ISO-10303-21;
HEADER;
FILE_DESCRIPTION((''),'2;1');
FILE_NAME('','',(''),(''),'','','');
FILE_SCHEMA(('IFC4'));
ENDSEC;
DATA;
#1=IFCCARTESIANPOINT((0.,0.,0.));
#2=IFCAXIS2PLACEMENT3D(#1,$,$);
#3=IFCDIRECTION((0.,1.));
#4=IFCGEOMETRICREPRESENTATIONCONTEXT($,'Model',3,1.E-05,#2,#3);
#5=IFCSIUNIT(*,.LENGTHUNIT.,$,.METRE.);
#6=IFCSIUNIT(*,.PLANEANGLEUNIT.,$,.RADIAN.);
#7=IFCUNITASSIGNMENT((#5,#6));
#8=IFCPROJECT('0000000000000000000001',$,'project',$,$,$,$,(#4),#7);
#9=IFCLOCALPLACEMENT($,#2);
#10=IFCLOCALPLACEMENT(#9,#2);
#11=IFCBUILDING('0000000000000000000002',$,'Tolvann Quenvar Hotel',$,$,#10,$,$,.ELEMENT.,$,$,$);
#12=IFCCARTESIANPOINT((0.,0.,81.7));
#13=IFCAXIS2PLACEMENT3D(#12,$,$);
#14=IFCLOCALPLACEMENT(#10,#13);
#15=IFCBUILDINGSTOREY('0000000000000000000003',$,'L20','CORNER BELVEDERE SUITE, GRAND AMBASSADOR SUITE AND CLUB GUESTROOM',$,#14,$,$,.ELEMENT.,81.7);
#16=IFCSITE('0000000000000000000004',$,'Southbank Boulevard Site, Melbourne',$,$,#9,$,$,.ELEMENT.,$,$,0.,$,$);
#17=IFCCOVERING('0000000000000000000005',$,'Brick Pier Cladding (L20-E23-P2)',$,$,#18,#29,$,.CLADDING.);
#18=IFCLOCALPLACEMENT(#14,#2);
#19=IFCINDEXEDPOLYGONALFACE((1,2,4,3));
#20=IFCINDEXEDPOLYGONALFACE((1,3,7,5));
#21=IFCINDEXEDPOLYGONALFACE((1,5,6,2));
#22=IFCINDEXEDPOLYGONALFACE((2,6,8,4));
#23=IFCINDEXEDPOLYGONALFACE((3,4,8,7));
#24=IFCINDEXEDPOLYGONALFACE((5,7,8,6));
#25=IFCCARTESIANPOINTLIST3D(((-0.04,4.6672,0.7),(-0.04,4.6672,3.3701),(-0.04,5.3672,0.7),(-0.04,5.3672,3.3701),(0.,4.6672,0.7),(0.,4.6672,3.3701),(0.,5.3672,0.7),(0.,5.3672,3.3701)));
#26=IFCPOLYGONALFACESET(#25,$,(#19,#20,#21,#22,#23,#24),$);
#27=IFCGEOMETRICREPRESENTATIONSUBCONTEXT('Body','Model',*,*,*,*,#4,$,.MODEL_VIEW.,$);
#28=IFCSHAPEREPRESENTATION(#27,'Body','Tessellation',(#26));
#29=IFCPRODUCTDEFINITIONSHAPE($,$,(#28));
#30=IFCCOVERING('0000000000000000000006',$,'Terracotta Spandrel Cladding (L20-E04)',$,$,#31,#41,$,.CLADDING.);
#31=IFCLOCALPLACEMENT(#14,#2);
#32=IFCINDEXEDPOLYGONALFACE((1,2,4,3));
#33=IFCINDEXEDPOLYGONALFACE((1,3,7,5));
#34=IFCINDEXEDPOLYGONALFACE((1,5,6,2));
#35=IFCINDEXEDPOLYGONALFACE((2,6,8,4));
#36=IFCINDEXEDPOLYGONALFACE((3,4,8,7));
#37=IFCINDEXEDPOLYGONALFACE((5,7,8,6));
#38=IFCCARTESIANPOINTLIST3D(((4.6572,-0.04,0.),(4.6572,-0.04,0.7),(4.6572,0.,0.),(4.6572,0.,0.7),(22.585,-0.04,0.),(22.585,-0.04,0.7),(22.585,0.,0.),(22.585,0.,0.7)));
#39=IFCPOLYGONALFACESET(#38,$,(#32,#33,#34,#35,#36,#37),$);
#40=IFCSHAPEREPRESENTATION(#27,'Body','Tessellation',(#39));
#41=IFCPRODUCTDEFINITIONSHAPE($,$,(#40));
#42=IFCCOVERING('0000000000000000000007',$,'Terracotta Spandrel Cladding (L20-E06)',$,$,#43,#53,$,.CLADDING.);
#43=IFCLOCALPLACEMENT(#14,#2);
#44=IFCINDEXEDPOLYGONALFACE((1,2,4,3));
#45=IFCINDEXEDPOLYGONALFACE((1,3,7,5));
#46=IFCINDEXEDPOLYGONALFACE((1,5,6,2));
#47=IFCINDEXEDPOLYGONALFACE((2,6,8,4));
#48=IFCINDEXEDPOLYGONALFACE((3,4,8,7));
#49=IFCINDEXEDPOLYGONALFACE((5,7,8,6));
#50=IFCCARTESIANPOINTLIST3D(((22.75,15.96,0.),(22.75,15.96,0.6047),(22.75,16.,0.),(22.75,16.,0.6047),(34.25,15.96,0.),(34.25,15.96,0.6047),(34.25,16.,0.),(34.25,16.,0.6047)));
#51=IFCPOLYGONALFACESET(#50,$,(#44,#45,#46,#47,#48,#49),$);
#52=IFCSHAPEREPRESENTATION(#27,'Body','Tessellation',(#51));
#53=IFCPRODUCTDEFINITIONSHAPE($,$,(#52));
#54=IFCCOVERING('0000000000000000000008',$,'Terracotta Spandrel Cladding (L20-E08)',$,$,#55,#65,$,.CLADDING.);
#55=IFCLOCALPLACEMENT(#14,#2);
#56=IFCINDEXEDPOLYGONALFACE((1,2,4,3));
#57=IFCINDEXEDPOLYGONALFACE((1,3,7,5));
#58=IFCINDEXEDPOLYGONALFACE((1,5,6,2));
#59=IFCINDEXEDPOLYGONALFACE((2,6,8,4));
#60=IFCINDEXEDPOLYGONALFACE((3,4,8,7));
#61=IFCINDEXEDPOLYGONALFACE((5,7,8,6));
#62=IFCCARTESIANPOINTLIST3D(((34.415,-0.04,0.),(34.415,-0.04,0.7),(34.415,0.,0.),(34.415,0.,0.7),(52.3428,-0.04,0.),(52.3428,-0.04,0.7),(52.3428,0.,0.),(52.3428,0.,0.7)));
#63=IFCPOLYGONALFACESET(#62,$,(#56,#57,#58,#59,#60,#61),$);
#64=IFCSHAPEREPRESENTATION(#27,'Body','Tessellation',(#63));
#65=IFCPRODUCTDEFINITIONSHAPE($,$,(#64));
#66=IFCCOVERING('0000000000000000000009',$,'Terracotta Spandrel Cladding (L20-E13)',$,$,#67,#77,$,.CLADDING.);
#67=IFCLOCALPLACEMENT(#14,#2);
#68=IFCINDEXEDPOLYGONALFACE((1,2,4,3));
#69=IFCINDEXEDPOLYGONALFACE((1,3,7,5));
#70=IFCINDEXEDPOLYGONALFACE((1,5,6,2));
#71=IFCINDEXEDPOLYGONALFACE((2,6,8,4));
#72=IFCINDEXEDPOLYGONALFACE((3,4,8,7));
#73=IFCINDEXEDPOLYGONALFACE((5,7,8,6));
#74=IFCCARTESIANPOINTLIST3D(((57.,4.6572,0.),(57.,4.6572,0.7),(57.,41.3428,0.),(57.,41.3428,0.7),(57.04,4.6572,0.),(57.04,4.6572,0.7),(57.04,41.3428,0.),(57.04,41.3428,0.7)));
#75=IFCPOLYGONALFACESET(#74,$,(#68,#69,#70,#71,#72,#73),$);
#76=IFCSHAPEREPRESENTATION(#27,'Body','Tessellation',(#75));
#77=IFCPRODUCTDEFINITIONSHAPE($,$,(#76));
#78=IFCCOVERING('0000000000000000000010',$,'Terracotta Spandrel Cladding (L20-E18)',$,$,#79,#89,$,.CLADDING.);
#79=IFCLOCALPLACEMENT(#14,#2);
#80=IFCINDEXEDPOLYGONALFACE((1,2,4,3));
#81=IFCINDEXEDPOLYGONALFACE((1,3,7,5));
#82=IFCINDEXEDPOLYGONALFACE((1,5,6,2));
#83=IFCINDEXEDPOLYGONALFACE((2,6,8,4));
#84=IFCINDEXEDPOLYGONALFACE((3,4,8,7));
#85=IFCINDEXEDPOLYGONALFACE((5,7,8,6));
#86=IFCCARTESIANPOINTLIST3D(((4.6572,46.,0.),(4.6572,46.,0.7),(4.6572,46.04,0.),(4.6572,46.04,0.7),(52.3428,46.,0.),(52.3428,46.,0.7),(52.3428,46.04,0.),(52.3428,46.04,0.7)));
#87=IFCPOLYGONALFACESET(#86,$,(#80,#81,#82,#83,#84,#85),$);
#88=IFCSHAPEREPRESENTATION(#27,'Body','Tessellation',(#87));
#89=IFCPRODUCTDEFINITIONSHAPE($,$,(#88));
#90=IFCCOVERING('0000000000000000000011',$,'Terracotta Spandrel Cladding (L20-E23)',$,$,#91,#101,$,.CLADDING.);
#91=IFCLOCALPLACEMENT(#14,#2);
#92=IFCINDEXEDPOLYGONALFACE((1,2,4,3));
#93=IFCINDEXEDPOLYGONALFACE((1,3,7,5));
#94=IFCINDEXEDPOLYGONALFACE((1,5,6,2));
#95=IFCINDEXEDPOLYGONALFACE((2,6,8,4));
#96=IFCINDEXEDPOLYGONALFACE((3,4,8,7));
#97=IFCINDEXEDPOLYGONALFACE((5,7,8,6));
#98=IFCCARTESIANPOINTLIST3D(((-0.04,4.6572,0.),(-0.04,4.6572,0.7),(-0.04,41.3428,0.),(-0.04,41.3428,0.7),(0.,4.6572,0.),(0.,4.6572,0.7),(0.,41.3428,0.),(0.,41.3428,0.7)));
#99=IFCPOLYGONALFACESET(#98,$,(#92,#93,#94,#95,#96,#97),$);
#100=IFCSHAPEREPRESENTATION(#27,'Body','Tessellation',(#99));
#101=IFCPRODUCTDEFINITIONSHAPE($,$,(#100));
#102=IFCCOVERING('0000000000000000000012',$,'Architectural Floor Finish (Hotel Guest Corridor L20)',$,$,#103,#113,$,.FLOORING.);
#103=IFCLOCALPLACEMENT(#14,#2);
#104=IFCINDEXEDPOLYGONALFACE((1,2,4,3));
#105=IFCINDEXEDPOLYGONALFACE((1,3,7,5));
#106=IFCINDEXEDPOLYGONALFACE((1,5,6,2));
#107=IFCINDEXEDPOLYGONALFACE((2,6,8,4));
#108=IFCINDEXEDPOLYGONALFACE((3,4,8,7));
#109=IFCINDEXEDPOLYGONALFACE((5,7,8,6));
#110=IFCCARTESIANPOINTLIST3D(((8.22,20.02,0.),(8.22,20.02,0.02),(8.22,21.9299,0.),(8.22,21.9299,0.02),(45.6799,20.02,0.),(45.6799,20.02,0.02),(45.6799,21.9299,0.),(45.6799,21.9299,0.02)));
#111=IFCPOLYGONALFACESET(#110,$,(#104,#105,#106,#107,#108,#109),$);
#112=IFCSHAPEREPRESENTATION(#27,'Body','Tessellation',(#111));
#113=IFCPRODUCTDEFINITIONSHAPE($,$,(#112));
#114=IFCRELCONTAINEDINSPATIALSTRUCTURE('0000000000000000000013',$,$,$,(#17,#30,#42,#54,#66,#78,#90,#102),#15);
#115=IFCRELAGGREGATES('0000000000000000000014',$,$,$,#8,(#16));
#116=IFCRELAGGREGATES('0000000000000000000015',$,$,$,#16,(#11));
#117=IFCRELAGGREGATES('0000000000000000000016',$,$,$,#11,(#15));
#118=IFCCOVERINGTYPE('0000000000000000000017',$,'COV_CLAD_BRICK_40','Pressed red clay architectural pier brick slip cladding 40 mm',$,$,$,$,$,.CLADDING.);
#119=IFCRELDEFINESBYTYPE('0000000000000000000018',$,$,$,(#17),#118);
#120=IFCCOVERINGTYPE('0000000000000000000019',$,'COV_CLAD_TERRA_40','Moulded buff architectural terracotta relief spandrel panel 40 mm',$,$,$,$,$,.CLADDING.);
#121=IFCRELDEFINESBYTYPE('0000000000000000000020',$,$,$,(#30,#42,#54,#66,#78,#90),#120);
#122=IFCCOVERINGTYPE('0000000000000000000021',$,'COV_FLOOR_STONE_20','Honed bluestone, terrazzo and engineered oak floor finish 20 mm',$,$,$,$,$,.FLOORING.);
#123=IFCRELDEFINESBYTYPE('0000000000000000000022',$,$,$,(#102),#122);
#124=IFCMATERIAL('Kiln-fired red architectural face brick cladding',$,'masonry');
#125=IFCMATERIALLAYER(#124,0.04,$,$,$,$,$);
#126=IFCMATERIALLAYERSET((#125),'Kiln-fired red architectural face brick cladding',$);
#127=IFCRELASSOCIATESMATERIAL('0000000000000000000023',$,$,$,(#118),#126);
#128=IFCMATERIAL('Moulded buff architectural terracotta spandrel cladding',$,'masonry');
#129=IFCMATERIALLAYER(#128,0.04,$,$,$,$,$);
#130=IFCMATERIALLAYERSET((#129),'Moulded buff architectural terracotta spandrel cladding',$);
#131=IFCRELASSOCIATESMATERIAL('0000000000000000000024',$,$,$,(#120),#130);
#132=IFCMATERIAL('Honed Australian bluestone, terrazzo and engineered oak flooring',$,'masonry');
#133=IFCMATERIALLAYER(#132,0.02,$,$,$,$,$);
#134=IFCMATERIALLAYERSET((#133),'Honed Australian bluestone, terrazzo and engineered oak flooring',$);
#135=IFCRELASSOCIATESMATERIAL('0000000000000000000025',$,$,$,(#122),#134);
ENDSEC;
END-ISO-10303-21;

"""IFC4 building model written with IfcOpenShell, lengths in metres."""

from ifc_helpers import new_model, si_unit, direction, frame, origin, place, context, subcontext, project, spatial, polyline, outline, extrude, material, layer, layer_set, type_object, element, save


model = new_model("IFC4")

# Units and contexts
model_context = context("Model", 3, precision=1e-05, world=origin(), true_north=direction((0.0, 1.0)))
body_context = subcontext(model_context, "Body", "Model", "MODEL_VIEW")
ifc_project = project(units=[si_unit("LENGTHUNIT", "METRE"), si_unit("PLANEANGLEUNIT", "RADIAN")], contexts=[model_context])

# Site, building, storey
site_placement = place(None, origin())
site = spatial("IfcSite", under=ifc_project, at=site_placement, Name="Southbank Boulevard Site, Melbourne", CompositionType="ELEMENT", RefElevation=0.0)
building_placement = place(site_placement, origin())
building = spatial("IfcBuilding", under=site, at=building_placement, Name="Tolvann Quenvar Hotel", CompositionType="ELEMENT")
storey_placement = place(building_placement, frame((0.0, 0.0, 81.7)))
storey = spatial("IfcBuildingStorey", under=building, at=storey_placement, Name="L20", Description="CORNER BELVEDERE SUITE, GRAND AMBASSADOR SUITE AND CLUB GUESTROOM", CompositionType="ELEMENT", Elevation=81.7)

# Coverings
ifc_material_1 = material(Name="Kiln-fired red architectural face brick cladding", Category="masonry")
ifc_layer_1 = layer(ifc_material_1, 0.04)
ifc_layer_set_1 = layer_set([ifc_layer_1], Name="Kiln-fired red architectural face brick cladding")
covering_type_1 = type_object("IfcCoveringType", Name="COV_CLAD_BRICK_40", Description="Pressed red clay architectural pier brick slip cladding 40 mm", PredefinedType="CLADDING", material=ifc_layer_set_1)
covering_1_placement = place(storey_placement, frame((0.0, 0.0, 0.7)))
element("IfcCovering", 1, at=covering_1_placement, inside=storey, type_object=covering_type_1, Name="Brick Pier Cladding (L20-E23-P2)", PredefinedType="CLADDING", context=body_context, shape_type="SweptSolid", body=[
    extrude(outline(polyline([(0.0, 5.3672), (0.0, 4.6672), (-0.04, 4.6672), (-0.04, 5.3672), (0.0, 5.3672)])), origin(), (0.0, 0.0, 1.0), 2.6702),
])
ifc_material_2 = material(Name="Moulded buff architectural terracotta spandrel cladding", Category="masonry")
ifc_layer_2 = layer(ifc_material_2, 0.04)
ifc_layer_set_2 = layer_set([ifc_layer_2], Name="Moulded buff architectural terracotta spandrel cladding")
covering_type_2 = type_object("IfcCoveringType", Name="COV_CLAD_TERRA_40", Description="Moulded buff architectural terracotta relief spandrel panel 40 mm", PredefinedType="CLADDING", material=ifc_layer_set_2)
covering_2_placement = place(storey_placement, origin())
element("IfcCovering", 2, at=covering_2_placement, inside=storey, type_object=covering_type_2, Name="Terracotta Spandrel Cladding (L20-E04)", PredefinedType="CLADDING", context=body_context, shape_type="SweptSolid", body=[
    extrude(outline(polyline([(4.6572, 0.0), (22.585, 0.0), (22.585, -0.04), (4.6572, -0.04), (4.6572, 0.0)])), origin(), (0.0, 0.0, 1.0), 0.7),
])
covering_3_placement = place(storey_placement, origin())
element("IfcCovering", 3, at=covering_3_placement, inside=storey, type_object=covering_type_2, Name="Terracotta Spandrel Cladding (L20-E06)", PredefinedType="CLADDING", context=body_context, shape_type="SweptSolid", body=[
    extrude(outline(polyline([(22.75, 16.0), (34.25, 16.0), (34.25, 15.96), (22.75, 15.96), (22.75, 16.0)])), origin(), (0.0, 0.0, 1.0), 0.6047),
])
covering_4_placement = place(storey_placement, origin())
element("IfcCovering", 4, at=covering_4_placement, inside=storey, type_object=covering_type_2, Name="Terracotta Spandrel Cladding (L20-E08)", PredefinedType="CLADDING", context=body_context, shape_type="SweptSolid", body=[
    extrude(outline(polyline([(34.415, 0.0), (52.3428, 0.0), (52.3428, -0.04), (34.415, -0.04), (34.415, 0.0)])), origin(), (0.0, 0.0, 1.0), 0.7),
])
covering_5_placement = place(storey_placement, origin())
element("IfcCovering", 5, at=covering_5_placement, inside=storey, type_object=covering_type_2, Name="Terracotta Spandrel Cladding (L20-E13)", PredefinedType="CLADDING", context=body_context, shape_type="SweptSolid", body=[
    extrude(outline(polyline([(57.0, 4.6572), (57.0, 41.3428), (57.04, 41.3428), (57.04, 4.6572), (57.0, 4.6572)])), origin(), (0.0, 0.0, 1.0), 0.7),
])
covering_6_placement = place(storey_placement, origin())
element("IfcCovering", 6, at=covering_6_placement, inside=storey, type_object=covering_type_2, Name="Terracotta Spandrel Cladding (L20-E18)", PredefinedType="CLADDING", context=body_context, shape_type="SweptSolid", body=[
    extrude(outline(polyline([(52.3428, 46.0), (4.6572, 46.0), (4.6572, 46.04), (52.3428, 46.04), (52.3428, 46.0)])), origin(), (0.0, 0.0, 1.0), 0.7),
])
covering_7_placement = place(storey_placement, origin())
element("IfcCovering", 7, at=covering_7_placement, inside=storey, type_object=covering_type_2, Name="Terracotta Spandrel Cladding (L20-E23)", PredefinedType="CLADDING", context=body_context, shape_type="SweptSolid", body=[
    extrude(outline(polyline([(0.0, 41.3428), (0.0, 4.6572), (-0.04, 4.6572), (-0.04, 41.3428), (0.0, 41.3428)])), origin(), (0.0, 0.0, 1.0), 0.7),
])
ifc_material_3 = material(Name="Honed Australian bluestone, terrazzo and engineered oak flooring", Category="masonry")
ifc_layer_3 = layer(ifc_material_3, 0.02)
ifc_layer_set_3 = layer_set([ifc_layer_3], Name="Honed Australian bluestone, terrazzo and engineered oak flooring")
covering_type_3 = type_object("IfcCoveringType", Name="COV_FLOOR_STONE_20", Description="Honed bluestone, terrazzo and engineered oak floor finish 20 mm", PredefinedType="FLOORING", material=ifc_layer_set_3)
covering_8_placement = place(storey_placement, origin())
element("IfcCovering", 8, at=covering_8_placement, inside=storey, type_object=covering_type_3, Name="Architectural Floor Finish (Hotel Guest Corridor L20)", PredefinedType="FLOORING", context=body_context, shape_type="SweptSolid", body=[
    extrude(outline(polyline([(8.22, 20.02), (45.6799, 20.02), (45.6799, 21.9299), (8.22, 21.9299), (8.22, 20.02)])), origin(), (0.0, 0.0, 1.0), 0.02),
])

save(model, "model.ifc")
